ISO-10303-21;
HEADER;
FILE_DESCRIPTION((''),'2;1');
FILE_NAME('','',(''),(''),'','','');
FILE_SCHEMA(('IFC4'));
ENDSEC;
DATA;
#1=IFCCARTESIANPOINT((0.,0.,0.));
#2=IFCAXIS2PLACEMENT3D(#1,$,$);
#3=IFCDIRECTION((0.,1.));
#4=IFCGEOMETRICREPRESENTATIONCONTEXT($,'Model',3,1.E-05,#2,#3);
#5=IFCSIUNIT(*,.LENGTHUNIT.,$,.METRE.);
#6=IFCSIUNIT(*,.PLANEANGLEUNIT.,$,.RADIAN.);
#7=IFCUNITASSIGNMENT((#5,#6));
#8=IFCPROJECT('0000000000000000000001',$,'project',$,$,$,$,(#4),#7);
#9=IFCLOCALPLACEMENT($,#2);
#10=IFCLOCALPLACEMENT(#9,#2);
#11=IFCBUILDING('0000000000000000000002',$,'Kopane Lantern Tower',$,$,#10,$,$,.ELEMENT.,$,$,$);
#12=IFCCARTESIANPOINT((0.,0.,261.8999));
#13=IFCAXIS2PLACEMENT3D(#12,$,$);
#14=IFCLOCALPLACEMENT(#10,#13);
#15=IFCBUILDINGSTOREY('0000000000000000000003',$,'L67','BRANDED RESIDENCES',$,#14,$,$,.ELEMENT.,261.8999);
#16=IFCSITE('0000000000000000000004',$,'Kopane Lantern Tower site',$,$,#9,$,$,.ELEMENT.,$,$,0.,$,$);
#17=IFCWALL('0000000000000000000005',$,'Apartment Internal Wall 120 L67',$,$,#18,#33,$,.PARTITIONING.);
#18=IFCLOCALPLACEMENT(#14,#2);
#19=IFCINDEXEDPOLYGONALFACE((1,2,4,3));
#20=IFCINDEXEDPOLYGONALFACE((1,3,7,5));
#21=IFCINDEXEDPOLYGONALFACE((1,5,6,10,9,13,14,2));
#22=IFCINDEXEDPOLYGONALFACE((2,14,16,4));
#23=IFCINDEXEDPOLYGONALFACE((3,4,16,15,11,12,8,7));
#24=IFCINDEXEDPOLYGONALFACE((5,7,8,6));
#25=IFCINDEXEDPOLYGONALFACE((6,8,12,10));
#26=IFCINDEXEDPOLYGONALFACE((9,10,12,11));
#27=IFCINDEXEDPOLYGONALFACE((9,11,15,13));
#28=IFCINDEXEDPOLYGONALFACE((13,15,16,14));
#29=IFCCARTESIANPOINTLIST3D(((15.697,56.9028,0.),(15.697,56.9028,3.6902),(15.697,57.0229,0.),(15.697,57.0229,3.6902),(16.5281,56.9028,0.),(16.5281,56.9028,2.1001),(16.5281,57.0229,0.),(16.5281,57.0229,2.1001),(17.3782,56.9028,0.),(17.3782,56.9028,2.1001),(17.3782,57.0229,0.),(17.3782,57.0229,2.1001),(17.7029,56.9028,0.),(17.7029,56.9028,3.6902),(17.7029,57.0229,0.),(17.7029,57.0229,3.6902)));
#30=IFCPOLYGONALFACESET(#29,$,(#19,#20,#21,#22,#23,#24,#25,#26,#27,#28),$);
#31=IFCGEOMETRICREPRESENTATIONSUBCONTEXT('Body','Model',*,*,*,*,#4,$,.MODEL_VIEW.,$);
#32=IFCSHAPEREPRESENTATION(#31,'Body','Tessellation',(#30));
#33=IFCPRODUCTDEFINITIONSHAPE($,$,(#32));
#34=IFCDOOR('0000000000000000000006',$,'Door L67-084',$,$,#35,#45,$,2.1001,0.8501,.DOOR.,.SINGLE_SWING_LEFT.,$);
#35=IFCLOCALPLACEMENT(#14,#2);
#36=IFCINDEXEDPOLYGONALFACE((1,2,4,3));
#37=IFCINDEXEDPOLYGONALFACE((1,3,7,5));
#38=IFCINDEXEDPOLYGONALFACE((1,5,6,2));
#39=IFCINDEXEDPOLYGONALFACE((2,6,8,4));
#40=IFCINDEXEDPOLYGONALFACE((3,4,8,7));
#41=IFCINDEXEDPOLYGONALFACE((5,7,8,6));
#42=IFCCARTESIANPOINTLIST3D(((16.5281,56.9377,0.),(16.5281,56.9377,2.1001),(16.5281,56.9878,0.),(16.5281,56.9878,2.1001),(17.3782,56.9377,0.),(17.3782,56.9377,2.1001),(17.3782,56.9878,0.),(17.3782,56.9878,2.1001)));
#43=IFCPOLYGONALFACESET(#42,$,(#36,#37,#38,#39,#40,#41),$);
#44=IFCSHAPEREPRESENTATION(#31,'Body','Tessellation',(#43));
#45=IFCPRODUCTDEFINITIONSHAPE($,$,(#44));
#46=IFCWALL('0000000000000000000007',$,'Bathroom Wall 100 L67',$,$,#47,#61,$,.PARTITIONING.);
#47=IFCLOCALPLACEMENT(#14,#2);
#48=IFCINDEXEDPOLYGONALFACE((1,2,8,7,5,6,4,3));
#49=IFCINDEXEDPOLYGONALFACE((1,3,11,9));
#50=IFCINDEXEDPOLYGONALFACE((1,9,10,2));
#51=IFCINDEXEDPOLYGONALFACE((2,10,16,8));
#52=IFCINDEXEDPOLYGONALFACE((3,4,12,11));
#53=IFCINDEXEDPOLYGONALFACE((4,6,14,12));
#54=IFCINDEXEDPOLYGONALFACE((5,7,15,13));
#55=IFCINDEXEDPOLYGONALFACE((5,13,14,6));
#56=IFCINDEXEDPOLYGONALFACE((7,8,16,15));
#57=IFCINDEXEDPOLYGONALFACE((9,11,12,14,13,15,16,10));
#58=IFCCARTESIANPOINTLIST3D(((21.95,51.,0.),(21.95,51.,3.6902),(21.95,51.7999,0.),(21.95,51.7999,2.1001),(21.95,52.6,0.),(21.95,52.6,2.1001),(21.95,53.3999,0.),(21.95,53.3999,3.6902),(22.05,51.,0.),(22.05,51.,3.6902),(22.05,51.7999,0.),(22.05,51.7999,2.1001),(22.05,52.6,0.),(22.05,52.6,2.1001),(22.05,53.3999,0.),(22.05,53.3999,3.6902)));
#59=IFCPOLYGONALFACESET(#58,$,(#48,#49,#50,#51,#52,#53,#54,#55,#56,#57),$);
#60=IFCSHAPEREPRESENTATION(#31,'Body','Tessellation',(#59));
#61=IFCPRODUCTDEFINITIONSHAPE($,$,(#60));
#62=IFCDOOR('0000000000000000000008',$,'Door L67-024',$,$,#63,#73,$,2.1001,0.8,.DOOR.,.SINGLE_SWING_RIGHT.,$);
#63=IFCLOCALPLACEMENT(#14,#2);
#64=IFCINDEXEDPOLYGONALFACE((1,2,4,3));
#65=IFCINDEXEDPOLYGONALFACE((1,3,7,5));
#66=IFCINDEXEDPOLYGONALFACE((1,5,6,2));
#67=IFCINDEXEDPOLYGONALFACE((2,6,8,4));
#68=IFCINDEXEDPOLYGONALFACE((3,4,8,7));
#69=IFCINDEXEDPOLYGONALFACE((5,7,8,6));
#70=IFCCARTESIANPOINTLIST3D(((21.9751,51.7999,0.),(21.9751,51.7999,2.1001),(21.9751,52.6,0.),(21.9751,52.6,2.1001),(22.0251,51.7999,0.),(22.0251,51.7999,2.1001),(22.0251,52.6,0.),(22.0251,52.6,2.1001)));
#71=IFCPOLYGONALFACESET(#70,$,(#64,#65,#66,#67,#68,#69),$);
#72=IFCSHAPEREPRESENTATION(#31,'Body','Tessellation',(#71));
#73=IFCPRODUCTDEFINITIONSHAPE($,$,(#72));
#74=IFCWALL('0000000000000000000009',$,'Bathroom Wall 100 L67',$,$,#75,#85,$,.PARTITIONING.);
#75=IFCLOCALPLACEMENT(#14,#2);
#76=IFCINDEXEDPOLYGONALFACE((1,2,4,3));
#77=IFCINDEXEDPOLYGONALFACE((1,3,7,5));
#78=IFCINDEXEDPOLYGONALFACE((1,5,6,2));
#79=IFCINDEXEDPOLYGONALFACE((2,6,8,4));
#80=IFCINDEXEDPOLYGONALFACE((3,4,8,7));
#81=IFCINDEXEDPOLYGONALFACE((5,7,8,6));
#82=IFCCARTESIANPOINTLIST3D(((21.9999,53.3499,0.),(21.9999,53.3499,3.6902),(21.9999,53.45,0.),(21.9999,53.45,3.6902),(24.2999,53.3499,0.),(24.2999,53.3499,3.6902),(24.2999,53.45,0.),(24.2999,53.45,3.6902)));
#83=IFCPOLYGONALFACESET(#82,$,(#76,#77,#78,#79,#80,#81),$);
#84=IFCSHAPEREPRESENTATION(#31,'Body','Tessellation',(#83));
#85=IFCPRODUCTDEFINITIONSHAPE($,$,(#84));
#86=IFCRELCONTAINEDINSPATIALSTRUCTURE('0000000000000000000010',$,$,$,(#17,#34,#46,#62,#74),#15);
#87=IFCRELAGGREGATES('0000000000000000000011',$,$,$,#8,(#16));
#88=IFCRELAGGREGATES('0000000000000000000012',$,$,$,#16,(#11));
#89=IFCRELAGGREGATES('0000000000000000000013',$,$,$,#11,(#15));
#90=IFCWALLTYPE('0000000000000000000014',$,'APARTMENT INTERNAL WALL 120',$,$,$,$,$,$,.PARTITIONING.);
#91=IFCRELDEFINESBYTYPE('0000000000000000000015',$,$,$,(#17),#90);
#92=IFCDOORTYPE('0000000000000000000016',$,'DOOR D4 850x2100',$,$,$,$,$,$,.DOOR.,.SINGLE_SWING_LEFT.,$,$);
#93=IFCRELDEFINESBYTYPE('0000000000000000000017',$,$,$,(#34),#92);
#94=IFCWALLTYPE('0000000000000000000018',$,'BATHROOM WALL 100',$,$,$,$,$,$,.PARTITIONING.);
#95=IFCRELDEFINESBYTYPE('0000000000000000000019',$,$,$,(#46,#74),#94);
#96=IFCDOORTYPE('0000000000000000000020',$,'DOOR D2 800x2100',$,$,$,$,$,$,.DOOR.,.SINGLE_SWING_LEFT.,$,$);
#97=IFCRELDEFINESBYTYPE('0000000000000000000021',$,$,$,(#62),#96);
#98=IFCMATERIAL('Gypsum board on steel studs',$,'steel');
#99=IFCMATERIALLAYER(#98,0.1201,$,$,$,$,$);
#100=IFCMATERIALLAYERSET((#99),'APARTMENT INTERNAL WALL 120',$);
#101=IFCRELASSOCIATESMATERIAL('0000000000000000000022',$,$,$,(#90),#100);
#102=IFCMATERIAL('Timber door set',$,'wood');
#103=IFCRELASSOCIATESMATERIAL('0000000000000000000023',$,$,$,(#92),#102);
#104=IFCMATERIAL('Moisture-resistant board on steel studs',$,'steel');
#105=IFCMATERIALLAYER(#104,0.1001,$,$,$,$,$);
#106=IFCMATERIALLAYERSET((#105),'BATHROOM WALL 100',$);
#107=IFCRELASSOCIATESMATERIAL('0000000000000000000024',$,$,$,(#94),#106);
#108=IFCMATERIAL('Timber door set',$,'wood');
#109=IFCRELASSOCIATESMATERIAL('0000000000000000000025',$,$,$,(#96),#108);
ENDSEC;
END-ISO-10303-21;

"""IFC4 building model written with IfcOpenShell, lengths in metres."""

from ifc_helpers import new_model, si_unit, direction, frame, frame_2d, origin, place, context, subcontext, project, spatial, rectangle, extrude, material, layer, layer_set, type_object, element, fill, save


model = new_model("IFC4")

# Units and contexts
model_context = context("Model", 3, precision=1e-05, world=origin(), true_north=direction((0.0, 1.0)))
body_context = subcontext(model_context, "Body", "Model", "MODEL_VIEW")
ifc_project = project(units=[si_unit("LENGTHUNIT", "METRE"), si_unit("PLANEANGLEUNIT", "RADIAN")], contexts=[model_context])

# Site, building, storey
site_placement = place(None, origin())
site = spatial("IfcSite", under=ifc_project, at=site_placement, Name="Kopane Lantern Tower site", CompositionType="ELEMENT", RefElevation=0.0)
building_placement = place(site_placement, origin())
building = spatial("IfcBuilding", under=site, at=building_placement, Name="Kopane Lantern Tower", CompositionType="ELEMENT")
storey_placement = place(building_placement, frame((0.0, 0.0, 261.8999)))
storey = spatial("IfcBuildingStorey", under=building, at=storey_placement, Name="L67", Description="BRANDED RESIDENCES", CompositionType="ELEMENT", Elevation=261.8999)

# Shared definitions
ifc_material_1 = material(Name="Gypsum board on steel studs", Category="steel")
ifc_layer_1 = layer(ifc_material_1, 0.1201)
ifc_layer_set_1 = layer_set([ifc_layer_1], Name="APARTMENT INTERNAL WALL 120")
wall_type_1 = type_object("IfcWallType", Name="APARTMENT INTERNAL WALL 120", PredefinedType="PARTITIONING", material=ifc_layer_set_1)

# Shared definitions
ifc_material_2 = material(Name="Timber door set", Category="wood")
door_type_1 = type_object("IfcDoorType", Name="DOOR D4 850x2100", OperationType="SINGLE_SWING_LEFT", PredefinedType="DOOR", material=ifc_material_2)

# Walls, openings, doors
wall_1_placement = place(storey_placement, frame((15.697, 56.9629, 0.0), z_axis=(0.0, 0.0, 1.0), x_axis=(1.0, 0.0, 0.0)))
wall_1 = element("IfcWall", 1, at=wall_1_placement, inside=storey, type_object=wall_type_1, Name="Apartment Internal Wall 120 L67", PredefinedType="PARTITIONING", context=body_context, shape_type="SweptSolid", body=[
    extrude(rectangle(XDim=2.0059, YDim=0.1201, at=frame_2d((1.0029, 0.0))), origin(), (0.0, 0.0, 1.0), 3.6902),
])
opening_1_placement = place(wall_1_placement, frame((0.8311, 0.0, 0.0)))
opening_1 = element("IfcOpeningElement", 2, at=opening_1_placement, cuts=wall_1, PredefinedType="OPENING", context=body_context, shape_type="SweptSolid", body=[
    extrude(rectangle(XDim=0.8501, YDim=2.1001, at=frame_2d((0.425, 1.05))), frame((0.0, 0.0701, 0.0), z_axis=(0.0, -1.0, 0.0), x_axis=(1.0, 0.0, 0.0)), (0.0, 0.0, 1.0), 0.1401),
])
door_1_placement = place(opening_1_placement, origin())
door_1 = element("IfcDoor", 3, at=door_1_placement, inside=storey, type_object=door_type_1, Name="Door L67-084", OperationType="SINGLE_SWING_LEFT", OverallHeight=2.1001, OverallWidth=0.8501, PredefinedType="DOOR", context=body_context, shape_type="SweptSolid", body=[
    extrude(rectangle(XDim=0.8501, YDim=2.1001, at=frame_2d((0.425, 1.05))), frame((0.0, 0.0249, 0.0), z_axis=(0.0, -1.0, 0.0), x_axis=(1.0, 0.0, 0.0)), (0.0, 0.0, 1.0), 0.05),
])
fill(opening_1, door_1)
ifc_material_3 = material(Name="Moisture-resistant board on steel studs", Category="steel")
ifc_layer_2 = layer(ifc_material_3, 0.1001)
ifc_layer_set_2 = layer_set([ifc_layer_2], Name="BATHROOM WALL 100")
wall_type_2 = type_object("IfcWallType", Name="BATHROOM WALL 100", PredefinedType="PARTITIONING", material=ifc_layer_set_2)
wall_2_placement = place(storey_placement, frame((22.0, 51.0, 0.0), z_axis=(0.0, 0.0, 1.0), x_axis=(0.0, 1.0, 0.0)))
wall_2 = element("IfcWall", 4, at=wall_2_placement, inside=storey, type_object=wall_type_2, Name="Bathroom Wall 100 L67", PredefinedType="PARTITIONING", context=body_context, shape_type="SweptSolid", body=[
    extrude(rectangle(XDim=2.3999, YDim=0.1001, at=frame_2d((1.2, 0.0))), origin(), (0.0, 0.0, 1.0), 3.6902),
])
opening_2_placement = place(wall_2_placement, frame((0.8, 0.0, 0.0)))
opening_2 = element("IfcOpeningElement", 5, at=opening_2_placement, cuts=wall_2, PredefinedType="OPENING", context=body_context, shape_type="SweptSolid", body=[
    extrude(rectangle(XDim=0.8, YDim=2.1001, at=frame_2d((0.3999, 1.05))), frame((0.0, 0.0601, 0.0), z_axis=(0.0, -1.0, 0.0), x_axis=(1.0, 0.0, 0.0)), (0.0, 0.0, 1.0), 0.1201),
])
ifc_material_4 = material(Name="Timber door set", Category="wood")
door_type_2 = type_object("IfcDoorType", Name="DOOR D2 800x2100", OperationType="SINGLE_SWING_LEFT", PredefinedType="DOOR", material=ifc_material_4)
door_2_placement = place(opening_2_placement, origin())
door_2 = element("IfcDoor", 6, at=door_2_placement, inside=storey, type_object=door_type_2, Name="Door L67-024", OperationType="SINGLE_SWING_RIGHT", OverallHeight=2.1001, OverallWidth=0.8, PredefinedType="DOOR", context=body_context, shape_type="SweptSolid", body=[
    extrude(rectangle(XDim=0.8, YDim=2.1001, at=frame_2d((0.3999, 1.05))), frame((0.0, 0.0249, 0.0), z_axis=(0.0, -1.0, 0.0), x_axis=(1.0, 0.0, 0.0)), (0.0, 0.0, 1.0), 0.05),
])
fill(opening_2, door_2)

# Wall
wall_3_placement = place(storey_placement, frame((22.0, 53.3999, 0.0), z_axis=(0.0, 0.0, 1.0), x_axis=(1.0, 0.0, 0.0)))
element("IfcWall", 7, at=wall_3_placement, inside=storey, type_object=wall_type_2, Name="Bathroom Wall 100 L67", PredefinedType="PARTITIONING", context=body_context, shape_type="SweptSolid", body=[
    extrude(rectangle(XDim=2.3, YDim=0.1001, at=frame_2d((1.1499, 0.0))), origin(), (0.0, 0.0, 1.0), 3.6902),
])

save(model, "model.ifc")
